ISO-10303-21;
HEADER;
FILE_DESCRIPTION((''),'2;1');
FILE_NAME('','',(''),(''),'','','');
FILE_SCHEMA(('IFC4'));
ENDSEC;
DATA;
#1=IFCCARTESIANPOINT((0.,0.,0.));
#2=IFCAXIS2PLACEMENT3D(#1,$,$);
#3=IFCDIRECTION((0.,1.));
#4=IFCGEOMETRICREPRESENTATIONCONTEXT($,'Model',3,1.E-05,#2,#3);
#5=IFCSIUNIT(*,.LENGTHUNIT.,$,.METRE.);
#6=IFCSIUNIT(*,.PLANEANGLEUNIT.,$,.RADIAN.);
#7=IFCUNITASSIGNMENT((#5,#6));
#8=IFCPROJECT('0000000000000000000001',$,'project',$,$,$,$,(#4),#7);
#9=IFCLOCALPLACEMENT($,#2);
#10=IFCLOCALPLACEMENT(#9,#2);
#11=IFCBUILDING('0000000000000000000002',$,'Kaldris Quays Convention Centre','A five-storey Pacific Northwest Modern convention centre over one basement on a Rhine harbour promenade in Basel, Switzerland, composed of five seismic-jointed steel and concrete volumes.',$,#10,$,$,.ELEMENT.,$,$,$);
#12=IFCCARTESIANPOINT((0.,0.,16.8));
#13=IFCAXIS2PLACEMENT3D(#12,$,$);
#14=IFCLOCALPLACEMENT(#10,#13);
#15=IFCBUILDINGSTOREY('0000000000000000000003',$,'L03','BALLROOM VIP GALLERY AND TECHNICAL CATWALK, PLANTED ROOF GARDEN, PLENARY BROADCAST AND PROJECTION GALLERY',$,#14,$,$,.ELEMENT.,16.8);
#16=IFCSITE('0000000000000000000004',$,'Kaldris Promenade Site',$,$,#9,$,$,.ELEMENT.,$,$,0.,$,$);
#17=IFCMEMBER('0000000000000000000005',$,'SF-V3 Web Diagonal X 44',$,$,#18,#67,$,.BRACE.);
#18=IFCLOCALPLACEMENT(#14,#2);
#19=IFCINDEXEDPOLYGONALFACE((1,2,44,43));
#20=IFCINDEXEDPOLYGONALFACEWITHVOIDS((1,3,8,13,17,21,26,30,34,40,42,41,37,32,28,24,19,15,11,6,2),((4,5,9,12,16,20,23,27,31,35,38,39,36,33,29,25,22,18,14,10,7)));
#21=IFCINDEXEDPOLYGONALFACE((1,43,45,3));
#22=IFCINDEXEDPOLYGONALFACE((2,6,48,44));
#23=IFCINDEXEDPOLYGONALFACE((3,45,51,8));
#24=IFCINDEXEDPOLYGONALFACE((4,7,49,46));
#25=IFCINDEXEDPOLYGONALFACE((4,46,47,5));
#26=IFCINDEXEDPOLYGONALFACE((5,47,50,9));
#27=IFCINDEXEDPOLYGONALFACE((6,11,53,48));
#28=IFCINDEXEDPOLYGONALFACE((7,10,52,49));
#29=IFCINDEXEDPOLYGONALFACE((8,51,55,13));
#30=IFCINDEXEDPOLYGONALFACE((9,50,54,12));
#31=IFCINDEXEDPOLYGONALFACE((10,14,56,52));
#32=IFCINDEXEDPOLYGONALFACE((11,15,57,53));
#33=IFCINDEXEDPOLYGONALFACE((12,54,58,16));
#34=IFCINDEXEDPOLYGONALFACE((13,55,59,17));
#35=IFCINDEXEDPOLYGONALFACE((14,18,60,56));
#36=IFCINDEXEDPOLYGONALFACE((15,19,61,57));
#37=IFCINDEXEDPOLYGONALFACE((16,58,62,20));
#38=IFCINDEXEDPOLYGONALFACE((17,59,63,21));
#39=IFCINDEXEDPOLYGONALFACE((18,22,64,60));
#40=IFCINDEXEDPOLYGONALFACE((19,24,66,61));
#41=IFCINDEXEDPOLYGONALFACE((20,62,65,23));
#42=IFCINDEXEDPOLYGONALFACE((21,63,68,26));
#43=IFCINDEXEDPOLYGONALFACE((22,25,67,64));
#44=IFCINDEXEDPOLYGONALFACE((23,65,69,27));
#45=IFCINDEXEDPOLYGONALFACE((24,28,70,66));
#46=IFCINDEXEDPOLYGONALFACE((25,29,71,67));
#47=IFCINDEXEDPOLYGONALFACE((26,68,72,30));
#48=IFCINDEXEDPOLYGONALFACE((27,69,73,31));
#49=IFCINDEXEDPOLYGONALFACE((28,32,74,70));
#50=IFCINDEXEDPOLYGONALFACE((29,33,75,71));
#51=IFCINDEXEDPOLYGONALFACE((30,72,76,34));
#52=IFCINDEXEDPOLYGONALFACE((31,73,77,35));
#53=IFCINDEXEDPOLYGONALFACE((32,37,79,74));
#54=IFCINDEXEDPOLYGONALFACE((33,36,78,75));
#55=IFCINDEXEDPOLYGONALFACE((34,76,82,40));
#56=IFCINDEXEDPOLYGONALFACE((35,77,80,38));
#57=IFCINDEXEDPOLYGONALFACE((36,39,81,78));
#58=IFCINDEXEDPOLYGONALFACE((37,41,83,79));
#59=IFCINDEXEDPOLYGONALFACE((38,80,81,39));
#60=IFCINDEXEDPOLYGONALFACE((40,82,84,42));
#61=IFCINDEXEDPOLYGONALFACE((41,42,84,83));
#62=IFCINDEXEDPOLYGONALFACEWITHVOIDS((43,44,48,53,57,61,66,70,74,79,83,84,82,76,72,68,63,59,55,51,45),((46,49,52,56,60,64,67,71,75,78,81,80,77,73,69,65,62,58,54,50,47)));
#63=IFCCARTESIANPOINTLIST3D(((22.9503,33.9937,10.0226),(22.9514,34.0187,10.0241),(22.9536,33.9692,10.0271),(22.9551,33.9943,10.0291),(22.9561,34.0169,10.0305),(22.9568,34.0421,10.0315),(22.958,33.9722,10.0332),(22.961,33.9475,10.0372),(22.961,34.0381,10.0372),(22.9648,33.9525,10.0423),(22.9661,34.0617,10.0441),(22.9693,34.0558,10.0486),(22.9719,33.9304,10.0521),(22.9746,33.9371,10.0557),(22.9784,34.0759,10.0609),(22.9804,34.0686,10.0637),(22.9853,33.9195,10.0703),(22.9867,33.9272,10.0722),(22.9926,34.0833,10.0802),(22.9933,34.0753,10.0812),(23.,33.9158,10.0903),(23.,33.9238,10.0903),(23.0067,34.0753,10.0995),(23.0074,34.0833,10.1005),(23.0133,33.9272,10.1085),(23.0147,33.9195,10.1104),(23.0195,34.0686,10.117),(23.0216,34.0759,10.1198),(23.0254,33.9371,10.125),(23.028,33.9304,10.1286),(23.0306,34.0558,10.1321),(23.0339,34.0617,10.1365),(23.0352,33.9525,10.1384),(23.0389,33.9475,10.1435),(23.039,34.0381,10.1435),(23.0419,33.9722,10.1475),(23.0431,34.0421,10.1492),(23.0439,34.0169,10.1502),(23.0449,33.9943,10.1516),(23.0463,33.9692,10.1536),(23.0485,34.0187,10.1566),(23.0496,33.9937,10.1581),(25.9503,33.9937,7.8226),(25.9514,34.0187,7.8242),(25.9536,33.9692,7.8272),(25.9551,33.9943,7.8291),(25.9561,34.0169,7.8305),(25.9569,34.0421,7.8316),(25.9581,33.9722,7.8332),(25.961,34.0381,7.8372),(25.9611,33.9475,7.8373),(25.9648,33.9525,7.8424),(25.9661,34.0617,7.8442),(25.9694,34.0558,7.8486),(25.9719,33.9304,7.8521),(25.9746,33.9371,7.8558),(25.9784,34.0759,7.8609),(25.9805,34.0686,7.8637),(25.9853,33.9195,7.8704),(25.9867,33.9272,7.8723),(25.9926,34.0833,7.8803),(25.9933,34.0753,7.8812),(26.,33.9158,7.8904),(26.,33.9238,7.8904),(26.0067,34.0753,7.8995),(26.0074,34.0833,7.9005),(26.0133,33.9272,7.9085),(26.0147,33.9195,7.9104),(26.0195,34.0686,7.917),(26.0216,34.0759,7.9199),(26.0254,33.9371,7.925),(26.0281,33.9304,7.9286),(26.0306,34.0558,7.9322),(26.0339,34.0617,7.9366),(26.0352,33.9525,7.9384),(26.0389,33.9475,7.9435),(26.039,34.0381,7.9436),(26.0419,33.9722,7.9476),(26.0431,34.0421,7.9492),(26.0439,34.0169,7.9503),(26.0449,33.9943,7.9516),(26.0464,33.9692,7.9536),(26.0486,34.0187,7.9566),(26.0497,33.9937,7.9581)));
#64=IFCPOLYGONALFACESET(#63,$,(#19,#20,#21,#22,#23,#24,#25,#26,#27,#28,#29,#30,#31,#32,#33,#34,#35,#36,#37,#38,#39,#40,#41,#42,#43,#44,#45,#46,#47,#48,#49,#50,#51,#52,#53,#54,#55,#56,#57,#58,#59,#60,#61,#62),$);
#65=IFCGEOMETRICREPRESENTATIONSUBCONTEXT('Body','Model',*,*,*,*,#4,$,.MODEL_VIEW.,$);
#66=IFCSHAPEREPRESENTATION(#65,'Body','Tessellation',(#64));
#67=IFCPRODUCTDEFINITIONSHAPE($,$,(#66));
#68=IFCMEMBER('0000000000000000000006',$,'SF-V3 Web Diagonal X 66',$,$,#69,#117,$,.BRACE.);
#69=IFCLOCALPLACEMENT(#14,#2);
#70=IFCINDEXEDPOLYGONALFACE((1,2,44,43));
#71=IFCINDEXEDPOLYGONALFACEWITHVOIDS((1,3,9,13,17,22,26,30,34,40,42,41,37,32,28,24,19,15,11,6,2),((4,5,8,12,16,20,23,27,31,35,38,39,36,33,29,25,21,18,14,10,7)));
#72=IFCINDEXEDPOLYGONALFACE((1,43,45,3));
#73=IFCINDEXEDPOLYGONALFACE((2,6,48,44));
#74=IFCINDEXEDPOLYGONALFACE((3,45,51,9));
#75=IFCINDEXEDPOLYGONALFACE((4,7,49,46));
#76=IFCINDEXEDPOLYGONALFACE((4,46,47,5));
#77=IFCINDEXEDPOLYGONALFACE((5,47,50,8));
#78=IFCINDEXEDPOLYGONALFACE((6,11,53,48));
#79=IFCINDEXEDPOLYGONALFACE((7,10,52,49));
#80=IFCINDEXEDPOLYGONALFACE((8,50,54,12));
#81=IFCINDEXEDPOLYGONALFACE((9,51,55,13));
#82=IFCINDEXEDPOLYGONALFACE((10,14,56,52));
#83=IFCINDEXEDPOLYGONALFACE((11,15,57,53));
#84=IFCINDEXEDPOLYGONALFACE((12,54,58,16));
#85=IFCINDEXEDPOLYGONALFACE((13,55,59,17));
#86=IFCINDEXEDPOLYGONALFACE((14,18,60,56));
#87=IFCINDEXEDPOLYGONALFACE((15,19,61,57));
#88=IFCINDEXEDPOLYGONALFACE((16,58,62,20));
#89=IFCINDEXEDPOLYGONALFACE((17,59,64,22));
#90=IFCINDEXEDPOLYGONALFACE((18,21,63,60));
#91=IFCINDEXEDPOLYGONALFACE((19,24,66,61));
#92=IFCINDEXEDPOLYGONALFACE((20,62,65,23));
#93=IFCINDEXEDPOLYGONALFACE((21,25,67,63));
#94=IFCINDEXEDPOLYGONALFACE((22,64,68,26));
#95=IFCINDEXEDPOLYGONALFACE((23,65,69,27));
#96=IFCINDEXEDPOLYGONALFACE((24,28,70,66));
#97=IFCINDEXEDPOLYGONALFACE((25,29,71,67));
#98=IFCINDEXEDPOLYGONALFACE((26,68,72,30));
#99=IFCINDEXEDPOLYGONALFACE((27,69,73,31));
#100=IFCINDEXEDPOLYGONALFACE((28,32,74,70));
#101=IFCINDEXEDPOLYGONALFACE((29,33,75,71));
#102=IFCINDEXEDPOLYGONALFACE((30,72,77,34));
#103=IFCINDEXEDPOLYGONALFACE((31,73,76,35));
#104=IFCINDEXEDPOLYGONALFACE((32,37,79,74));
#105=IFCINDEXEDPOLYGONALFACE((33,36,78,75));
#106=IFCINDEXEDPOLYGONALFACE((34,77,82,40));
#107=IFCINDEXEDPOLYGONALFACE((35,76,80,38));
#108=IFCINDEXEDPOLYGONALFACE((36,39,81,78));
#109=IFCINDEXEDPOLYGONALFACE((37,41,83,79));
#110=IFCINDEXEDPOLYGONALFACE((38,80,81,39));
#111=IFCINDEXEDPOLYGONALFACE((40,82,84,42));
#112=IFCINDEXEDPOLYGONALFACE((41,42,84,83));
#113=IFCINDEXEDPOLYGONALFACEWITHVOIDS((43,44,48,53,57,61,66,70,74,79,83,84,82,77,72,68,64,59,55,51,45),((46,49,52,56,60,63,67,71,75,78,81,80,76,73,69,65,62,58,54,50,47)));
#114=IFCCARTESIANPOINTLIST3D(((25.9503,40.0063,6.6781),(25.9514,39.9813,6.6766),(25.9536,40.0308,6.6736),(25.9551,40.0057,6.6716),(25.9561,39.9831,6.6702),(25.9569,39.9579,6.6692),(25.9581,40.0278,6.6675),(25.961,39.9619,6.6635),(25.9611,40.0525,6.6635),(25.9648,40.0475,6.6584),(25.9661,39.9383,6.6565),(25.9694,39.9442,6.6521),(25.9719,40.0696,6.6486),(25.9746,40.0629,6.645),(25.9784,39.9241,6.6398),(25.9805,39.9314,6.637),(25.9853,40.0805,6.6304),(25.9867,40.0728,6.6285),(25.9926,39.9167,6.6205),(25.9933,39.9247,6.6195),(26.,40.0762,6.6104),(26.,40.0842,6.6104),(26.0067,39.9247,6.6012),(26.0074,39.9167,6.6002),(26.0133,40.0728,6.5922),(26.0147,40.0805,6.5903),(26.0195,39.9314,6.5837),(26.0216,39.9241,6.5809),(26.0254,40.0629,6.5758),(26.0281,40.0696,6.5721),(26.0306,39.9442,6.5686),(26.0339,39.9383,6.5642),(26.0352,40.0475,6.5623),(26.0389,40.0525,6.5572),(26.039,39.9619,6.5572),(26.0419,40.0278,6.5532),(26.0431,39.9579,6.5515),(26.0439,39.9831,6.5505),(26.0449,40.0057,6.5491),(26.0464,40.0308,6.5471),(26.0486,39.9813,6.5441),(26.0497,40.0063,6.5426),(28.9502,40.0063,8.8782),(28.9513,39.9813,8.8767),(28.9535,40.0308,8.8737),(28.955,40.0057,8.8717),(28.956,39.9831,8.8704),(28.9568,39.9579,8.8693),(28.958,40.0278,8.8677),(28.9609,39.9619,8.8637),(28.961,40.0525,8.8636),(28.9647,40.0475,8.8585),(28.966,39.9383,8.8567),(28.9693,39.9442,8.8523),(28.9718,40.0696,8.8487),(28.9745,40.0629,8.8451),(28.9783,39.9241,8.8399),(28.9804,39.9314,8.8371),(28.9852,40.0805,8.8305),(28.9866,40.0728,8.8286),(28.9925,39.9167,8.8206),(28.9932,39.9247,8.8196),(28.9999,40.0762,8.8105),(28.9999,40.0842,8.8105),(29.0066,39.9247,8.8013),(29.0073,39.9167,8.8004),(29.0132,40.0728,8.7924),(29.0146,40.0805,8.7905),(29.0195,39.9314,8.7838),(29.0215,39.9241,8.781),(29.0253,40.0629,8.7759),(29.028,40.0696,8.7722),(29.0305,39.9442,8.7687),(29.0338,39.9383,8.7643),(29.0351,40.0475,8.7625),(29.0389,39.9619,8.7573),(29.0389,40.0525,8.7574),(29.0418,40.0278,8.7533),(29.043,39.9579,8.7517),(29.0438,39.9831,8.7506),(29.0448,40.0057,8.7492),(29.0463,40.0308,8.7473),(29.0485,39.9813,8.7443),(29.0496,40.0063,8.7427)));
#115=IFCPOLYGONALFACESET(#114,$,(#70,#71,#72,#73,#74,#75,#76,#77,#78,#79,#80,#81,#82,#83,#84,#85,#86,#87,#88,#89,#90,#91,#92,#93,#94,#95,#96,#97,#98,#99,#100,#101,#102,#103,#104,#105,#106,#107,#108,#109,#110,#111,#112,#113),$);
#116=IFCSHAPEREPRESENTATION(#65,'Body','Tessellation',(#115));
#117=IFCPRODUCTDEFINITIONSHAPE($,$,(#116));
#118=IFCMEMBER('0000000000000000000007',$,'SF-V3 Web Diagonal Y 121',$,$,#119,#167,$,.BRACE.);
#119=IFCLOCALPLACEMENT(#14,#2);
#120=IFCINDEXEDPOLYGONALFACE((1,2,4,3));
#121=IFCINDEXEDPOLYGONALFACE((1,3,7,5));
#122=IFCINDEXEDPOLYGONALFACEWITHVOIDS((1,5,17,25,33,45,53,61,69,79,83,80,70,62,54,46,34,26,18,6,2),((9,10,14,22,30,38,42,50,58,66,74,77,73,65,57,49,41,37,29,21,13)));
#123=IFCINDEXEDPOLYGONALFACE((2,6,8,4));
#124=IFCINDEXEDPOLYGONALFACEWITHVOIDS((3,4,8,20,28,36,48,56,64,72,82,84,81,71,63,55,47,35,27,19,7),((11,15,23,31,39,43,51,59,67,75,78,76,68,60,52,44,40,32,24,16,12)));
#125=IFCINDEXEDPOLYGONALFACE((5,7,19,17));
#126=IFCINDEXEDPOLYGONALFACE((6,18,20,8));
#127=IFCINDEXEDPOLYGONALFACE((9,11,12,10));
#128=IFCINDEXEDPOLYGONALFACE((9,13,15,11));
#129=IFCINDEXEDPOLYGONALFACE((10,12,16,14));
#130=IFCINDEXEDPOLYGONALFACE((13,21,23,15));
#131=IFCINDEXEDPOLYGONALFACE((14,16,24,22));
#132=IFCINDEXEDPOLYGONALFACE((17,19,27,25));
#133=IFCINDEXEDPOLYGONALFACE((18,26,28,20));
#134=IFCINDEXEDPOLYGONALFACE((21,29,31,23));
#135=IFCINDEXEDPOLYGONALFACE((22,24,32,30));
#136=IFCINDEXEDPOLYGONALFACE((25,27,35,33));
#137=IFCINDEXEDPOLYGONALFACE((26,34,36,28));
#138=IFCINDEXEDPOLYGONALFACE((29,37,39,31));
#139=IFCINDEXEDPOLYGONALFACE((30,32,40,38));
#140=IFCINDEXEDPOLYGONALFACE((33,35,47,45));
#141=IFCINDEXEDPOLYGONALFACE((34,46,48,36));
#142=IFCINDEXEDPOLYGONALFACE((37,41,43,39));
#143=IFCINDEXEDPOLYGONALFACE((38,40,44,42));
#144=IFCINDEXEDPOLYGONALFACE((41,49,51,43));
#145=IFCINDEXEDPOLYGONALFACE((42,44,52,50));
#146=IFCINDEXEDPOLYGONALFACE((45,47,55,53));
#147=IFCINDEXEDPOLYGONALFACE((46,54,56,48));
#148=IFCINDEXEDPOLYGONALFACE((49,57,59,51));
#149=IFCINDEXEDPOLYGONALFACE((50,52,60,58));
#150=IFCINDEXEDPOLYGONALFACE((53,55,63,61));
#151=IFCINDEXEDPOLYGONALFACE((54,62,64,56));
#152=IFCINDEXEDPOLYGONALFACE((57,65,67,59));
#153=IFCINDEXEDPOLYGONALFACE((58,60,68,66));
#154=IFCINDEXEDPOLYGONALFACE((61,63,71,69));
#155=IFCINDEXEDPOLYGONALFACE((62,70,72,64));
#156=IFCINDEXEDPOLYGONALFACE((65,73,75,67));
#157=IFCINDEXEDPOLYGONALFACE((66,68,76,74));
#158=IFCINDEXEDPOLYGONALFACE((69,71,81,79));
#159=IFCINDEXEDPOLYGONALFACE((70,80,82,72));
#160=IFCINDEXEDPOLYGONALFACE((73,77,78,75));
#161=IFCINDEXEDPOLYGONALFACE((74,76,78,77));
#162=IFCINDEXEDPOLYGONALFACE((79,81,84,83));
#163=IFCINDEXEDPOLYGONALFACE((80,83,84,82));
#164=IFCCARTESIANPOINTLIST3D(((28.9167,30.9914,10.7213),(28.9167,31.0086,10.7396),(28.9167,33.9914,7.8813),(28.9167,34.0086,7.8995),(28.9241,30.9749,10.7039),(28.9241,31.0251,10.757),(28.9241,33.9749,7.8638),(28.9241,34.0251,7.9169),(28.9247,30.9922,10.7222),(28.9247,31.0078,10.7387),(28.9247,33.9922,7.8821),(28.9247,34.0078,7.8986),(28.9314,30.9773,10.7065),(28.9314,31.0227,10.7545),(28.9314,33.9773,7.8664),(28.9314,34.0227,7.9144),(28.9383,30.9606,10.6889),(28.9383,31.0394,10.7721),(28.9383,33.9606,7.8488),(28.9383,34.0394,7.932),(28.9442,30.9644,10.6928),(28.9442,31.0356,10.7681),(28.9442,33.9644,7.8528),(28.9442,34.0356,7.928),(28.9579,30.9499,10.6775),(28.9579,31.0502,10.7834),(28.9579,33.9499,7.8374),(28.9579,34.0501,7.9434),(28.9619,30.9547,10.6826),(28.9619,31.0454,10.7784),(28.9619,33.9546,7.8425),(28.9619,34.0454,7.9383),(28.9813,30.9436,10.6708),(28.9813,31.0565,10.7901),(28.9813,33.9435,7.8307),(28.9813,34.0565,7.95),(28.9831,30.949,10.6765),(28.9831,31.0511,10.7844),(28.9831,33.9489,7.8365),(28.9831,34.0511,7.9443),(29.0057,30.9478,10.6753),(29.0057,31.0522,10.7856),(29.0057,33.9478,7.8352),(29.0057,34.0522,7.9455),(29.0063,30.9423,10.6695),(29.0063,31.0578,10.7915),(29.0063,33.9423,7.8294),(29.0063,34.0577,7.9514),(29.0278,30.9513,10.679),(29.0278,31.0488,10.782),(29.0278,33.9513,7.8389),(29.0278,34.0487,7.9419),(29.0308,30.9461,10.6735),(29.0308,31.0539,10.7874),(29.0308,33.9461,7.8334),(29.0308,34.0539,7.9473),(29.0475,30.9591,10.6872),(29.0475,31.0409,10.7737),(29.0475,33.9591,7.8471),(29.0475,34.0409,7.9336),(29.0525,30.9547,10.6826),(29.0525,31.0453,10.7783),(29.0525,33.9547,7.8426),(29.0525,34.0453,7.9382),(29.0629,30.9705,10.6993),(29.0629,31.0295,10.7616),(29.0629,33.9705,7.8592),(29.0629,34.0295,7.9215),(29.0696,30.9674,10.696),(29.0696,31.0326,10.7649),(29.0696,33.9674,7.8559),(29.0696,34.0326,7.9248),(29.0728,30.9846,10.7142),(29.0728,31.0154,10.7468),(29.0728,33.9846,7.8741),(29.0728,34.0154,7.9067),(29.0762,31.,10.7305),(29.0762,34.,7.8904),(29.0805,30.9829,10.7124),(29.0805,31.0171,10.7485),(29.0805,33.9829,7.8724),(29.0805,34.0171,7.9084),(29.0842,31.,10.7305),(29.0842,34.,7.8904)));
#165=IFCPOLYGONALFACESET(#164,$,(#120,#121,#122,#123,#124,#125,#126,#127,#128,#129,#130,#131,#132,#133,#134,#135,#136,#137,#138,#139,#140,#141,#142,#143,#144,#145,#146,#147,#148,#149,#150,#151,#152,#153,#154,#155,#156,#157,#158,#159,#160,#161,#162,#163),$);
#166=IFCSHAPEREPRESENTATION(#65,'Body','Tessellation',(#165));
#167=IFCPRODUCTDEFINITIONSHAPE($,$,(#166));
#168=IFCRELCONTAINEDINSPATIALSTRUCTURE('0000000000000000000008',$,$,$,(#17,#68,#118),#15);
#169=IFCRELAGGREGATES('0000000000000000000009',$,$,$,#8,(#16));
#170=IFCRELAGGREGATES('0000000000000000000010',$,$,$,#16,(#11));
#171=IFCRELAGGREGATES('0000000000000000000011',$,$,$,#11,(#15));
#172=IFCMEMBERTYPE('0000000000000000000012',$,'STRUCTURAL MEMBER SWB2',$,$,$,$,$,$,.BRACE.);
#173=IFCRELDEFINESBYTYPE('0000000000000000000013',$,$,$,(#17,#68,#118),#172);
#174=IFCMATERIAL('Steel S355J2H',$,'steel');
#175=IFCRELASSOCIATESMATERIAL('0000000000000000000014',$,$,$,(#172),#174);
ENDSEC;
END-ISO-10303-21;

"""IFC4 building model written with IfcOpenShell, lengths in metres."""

from ifc_helpers import new_model, si_unit, direction, frame, origin, origin_2d, place, context, subcontext, project, spatial, hollow_circle, extrude, material, material_profile, profile_set, type_object, element, save


model = new_model("IFC4")

# Units and contexts
model_context = context("Model", 3, precision=1e-05, world=origin(), true_north=direction((0.0, 1.0)))
body_context = subcontext(model_context, "Body", "Model", "MODEL_VIEW")
ifc_project = project(units=[si_unit("LENGTHUNIT", "METRE"), si_unit("PLANEANGLEUNIT", "RADIAN")], contexts=[model_context])

# Site, building, storey
site_placement = place(None, origin())
site = spatial("IfcSite", under=ifc_project, at=site_placement, Name="Kaldris Promenade Site", CompositionType="ELEMENT", RefElevation=0.0)
building_placement = place(site_placement, origin())
building = spatial("IfcBuilding", under=site, at=building_placement, Name="Kaldris Quays Convention Centre", Description="A five-storey Pacific Northwest Modern convention centre over one basement on a Rhine harbour promenade in Basel, Switzerland, composed of five seismic-jointed steel and concrete volumes.", CompositionType="ELEMENT")
storey_placement = place(building_placement, frame((0.0, 0.0, 16.8)))
storey = spatial("IfcBuildingStorey", under=building, at=storey_placement, Name="L03", Description="BALLROOM VIP GALLERY AND TECHNICAL CATWALK, PLANTED ROOF GARDEN, PLENARY BROADCAST AND PROJECTION GALLERY", CompositionType="ELEMENT", Elevation=16.8)

# Members
ifc_material_1 = material(Name="Steel S355J2H", Category="steel")
ifc_material_profile_1 = material_profile(ifc_material_1, hollow_circle(Radius=0.0842, WallThickness=0.0081, at=origin_2d()), Name="CHS 168.3x8")
ifc_profile_set_1 = profile_set([ifc_material_profile_1], Name="Steel S355J2H")
member_type_1 = type_object("IfcMemberType", Name="STRUCTURAL MEMBER SWB2", PredefinedType="BRACE", material=ifc_profile_set_1)
for number, where, z_axis, x_axis, name in (
    (1, (26.0, 34.0, 7.8904), (-0.806411, 0.0, 0.591355), (0.0, -1.0, 0.0), "SF-V3 Web Diagonal X 44"),
    (2, (26.0, 40.0, 6.6104), (0.80638, 0.0, 0.591398), (0.0, 1.0, 0.0), "SF-V3 Web Diagonal X 66"),
):
    element("IfcMember", number, at=place(storey_placement, frame(where, z_axis=z_axis, x_axis=x_axis)), inside=storey, type_object=member_type_1, Name=name, PredefinedType="BRACE", context=body_context, shape_type="SweptSolid", body=[
        extrude(hollow_circle(Radius=0.0842, WallThickness=0.0081, at=origin_2d()), origin(), (0.0, 0.0, 1.0), 3.7202),
    ])
member_1_placement = place(storey_placement, frame((29.0, 34.0, 7.8904), z_axis=(0.0, -0.726196, 0.687487), x_axis=(1.0, 0.0, 0.0)))
element("IfcMember", 3, at=member_1_placement, inside=storey, type_object=member_type_1, Name="SF-V3 Web Diagonal Y 121", PredefinedType="BRACE", context=body_context, shape_type="SweptSolid", body=[
    extrude(hollow_circle(Radius=0.0842, WallThickness=0.0081, at=origin_2d()), origin(), (0.0, 0.0, 1.0), 4.1311),
])

save(model, "model.ifc")
